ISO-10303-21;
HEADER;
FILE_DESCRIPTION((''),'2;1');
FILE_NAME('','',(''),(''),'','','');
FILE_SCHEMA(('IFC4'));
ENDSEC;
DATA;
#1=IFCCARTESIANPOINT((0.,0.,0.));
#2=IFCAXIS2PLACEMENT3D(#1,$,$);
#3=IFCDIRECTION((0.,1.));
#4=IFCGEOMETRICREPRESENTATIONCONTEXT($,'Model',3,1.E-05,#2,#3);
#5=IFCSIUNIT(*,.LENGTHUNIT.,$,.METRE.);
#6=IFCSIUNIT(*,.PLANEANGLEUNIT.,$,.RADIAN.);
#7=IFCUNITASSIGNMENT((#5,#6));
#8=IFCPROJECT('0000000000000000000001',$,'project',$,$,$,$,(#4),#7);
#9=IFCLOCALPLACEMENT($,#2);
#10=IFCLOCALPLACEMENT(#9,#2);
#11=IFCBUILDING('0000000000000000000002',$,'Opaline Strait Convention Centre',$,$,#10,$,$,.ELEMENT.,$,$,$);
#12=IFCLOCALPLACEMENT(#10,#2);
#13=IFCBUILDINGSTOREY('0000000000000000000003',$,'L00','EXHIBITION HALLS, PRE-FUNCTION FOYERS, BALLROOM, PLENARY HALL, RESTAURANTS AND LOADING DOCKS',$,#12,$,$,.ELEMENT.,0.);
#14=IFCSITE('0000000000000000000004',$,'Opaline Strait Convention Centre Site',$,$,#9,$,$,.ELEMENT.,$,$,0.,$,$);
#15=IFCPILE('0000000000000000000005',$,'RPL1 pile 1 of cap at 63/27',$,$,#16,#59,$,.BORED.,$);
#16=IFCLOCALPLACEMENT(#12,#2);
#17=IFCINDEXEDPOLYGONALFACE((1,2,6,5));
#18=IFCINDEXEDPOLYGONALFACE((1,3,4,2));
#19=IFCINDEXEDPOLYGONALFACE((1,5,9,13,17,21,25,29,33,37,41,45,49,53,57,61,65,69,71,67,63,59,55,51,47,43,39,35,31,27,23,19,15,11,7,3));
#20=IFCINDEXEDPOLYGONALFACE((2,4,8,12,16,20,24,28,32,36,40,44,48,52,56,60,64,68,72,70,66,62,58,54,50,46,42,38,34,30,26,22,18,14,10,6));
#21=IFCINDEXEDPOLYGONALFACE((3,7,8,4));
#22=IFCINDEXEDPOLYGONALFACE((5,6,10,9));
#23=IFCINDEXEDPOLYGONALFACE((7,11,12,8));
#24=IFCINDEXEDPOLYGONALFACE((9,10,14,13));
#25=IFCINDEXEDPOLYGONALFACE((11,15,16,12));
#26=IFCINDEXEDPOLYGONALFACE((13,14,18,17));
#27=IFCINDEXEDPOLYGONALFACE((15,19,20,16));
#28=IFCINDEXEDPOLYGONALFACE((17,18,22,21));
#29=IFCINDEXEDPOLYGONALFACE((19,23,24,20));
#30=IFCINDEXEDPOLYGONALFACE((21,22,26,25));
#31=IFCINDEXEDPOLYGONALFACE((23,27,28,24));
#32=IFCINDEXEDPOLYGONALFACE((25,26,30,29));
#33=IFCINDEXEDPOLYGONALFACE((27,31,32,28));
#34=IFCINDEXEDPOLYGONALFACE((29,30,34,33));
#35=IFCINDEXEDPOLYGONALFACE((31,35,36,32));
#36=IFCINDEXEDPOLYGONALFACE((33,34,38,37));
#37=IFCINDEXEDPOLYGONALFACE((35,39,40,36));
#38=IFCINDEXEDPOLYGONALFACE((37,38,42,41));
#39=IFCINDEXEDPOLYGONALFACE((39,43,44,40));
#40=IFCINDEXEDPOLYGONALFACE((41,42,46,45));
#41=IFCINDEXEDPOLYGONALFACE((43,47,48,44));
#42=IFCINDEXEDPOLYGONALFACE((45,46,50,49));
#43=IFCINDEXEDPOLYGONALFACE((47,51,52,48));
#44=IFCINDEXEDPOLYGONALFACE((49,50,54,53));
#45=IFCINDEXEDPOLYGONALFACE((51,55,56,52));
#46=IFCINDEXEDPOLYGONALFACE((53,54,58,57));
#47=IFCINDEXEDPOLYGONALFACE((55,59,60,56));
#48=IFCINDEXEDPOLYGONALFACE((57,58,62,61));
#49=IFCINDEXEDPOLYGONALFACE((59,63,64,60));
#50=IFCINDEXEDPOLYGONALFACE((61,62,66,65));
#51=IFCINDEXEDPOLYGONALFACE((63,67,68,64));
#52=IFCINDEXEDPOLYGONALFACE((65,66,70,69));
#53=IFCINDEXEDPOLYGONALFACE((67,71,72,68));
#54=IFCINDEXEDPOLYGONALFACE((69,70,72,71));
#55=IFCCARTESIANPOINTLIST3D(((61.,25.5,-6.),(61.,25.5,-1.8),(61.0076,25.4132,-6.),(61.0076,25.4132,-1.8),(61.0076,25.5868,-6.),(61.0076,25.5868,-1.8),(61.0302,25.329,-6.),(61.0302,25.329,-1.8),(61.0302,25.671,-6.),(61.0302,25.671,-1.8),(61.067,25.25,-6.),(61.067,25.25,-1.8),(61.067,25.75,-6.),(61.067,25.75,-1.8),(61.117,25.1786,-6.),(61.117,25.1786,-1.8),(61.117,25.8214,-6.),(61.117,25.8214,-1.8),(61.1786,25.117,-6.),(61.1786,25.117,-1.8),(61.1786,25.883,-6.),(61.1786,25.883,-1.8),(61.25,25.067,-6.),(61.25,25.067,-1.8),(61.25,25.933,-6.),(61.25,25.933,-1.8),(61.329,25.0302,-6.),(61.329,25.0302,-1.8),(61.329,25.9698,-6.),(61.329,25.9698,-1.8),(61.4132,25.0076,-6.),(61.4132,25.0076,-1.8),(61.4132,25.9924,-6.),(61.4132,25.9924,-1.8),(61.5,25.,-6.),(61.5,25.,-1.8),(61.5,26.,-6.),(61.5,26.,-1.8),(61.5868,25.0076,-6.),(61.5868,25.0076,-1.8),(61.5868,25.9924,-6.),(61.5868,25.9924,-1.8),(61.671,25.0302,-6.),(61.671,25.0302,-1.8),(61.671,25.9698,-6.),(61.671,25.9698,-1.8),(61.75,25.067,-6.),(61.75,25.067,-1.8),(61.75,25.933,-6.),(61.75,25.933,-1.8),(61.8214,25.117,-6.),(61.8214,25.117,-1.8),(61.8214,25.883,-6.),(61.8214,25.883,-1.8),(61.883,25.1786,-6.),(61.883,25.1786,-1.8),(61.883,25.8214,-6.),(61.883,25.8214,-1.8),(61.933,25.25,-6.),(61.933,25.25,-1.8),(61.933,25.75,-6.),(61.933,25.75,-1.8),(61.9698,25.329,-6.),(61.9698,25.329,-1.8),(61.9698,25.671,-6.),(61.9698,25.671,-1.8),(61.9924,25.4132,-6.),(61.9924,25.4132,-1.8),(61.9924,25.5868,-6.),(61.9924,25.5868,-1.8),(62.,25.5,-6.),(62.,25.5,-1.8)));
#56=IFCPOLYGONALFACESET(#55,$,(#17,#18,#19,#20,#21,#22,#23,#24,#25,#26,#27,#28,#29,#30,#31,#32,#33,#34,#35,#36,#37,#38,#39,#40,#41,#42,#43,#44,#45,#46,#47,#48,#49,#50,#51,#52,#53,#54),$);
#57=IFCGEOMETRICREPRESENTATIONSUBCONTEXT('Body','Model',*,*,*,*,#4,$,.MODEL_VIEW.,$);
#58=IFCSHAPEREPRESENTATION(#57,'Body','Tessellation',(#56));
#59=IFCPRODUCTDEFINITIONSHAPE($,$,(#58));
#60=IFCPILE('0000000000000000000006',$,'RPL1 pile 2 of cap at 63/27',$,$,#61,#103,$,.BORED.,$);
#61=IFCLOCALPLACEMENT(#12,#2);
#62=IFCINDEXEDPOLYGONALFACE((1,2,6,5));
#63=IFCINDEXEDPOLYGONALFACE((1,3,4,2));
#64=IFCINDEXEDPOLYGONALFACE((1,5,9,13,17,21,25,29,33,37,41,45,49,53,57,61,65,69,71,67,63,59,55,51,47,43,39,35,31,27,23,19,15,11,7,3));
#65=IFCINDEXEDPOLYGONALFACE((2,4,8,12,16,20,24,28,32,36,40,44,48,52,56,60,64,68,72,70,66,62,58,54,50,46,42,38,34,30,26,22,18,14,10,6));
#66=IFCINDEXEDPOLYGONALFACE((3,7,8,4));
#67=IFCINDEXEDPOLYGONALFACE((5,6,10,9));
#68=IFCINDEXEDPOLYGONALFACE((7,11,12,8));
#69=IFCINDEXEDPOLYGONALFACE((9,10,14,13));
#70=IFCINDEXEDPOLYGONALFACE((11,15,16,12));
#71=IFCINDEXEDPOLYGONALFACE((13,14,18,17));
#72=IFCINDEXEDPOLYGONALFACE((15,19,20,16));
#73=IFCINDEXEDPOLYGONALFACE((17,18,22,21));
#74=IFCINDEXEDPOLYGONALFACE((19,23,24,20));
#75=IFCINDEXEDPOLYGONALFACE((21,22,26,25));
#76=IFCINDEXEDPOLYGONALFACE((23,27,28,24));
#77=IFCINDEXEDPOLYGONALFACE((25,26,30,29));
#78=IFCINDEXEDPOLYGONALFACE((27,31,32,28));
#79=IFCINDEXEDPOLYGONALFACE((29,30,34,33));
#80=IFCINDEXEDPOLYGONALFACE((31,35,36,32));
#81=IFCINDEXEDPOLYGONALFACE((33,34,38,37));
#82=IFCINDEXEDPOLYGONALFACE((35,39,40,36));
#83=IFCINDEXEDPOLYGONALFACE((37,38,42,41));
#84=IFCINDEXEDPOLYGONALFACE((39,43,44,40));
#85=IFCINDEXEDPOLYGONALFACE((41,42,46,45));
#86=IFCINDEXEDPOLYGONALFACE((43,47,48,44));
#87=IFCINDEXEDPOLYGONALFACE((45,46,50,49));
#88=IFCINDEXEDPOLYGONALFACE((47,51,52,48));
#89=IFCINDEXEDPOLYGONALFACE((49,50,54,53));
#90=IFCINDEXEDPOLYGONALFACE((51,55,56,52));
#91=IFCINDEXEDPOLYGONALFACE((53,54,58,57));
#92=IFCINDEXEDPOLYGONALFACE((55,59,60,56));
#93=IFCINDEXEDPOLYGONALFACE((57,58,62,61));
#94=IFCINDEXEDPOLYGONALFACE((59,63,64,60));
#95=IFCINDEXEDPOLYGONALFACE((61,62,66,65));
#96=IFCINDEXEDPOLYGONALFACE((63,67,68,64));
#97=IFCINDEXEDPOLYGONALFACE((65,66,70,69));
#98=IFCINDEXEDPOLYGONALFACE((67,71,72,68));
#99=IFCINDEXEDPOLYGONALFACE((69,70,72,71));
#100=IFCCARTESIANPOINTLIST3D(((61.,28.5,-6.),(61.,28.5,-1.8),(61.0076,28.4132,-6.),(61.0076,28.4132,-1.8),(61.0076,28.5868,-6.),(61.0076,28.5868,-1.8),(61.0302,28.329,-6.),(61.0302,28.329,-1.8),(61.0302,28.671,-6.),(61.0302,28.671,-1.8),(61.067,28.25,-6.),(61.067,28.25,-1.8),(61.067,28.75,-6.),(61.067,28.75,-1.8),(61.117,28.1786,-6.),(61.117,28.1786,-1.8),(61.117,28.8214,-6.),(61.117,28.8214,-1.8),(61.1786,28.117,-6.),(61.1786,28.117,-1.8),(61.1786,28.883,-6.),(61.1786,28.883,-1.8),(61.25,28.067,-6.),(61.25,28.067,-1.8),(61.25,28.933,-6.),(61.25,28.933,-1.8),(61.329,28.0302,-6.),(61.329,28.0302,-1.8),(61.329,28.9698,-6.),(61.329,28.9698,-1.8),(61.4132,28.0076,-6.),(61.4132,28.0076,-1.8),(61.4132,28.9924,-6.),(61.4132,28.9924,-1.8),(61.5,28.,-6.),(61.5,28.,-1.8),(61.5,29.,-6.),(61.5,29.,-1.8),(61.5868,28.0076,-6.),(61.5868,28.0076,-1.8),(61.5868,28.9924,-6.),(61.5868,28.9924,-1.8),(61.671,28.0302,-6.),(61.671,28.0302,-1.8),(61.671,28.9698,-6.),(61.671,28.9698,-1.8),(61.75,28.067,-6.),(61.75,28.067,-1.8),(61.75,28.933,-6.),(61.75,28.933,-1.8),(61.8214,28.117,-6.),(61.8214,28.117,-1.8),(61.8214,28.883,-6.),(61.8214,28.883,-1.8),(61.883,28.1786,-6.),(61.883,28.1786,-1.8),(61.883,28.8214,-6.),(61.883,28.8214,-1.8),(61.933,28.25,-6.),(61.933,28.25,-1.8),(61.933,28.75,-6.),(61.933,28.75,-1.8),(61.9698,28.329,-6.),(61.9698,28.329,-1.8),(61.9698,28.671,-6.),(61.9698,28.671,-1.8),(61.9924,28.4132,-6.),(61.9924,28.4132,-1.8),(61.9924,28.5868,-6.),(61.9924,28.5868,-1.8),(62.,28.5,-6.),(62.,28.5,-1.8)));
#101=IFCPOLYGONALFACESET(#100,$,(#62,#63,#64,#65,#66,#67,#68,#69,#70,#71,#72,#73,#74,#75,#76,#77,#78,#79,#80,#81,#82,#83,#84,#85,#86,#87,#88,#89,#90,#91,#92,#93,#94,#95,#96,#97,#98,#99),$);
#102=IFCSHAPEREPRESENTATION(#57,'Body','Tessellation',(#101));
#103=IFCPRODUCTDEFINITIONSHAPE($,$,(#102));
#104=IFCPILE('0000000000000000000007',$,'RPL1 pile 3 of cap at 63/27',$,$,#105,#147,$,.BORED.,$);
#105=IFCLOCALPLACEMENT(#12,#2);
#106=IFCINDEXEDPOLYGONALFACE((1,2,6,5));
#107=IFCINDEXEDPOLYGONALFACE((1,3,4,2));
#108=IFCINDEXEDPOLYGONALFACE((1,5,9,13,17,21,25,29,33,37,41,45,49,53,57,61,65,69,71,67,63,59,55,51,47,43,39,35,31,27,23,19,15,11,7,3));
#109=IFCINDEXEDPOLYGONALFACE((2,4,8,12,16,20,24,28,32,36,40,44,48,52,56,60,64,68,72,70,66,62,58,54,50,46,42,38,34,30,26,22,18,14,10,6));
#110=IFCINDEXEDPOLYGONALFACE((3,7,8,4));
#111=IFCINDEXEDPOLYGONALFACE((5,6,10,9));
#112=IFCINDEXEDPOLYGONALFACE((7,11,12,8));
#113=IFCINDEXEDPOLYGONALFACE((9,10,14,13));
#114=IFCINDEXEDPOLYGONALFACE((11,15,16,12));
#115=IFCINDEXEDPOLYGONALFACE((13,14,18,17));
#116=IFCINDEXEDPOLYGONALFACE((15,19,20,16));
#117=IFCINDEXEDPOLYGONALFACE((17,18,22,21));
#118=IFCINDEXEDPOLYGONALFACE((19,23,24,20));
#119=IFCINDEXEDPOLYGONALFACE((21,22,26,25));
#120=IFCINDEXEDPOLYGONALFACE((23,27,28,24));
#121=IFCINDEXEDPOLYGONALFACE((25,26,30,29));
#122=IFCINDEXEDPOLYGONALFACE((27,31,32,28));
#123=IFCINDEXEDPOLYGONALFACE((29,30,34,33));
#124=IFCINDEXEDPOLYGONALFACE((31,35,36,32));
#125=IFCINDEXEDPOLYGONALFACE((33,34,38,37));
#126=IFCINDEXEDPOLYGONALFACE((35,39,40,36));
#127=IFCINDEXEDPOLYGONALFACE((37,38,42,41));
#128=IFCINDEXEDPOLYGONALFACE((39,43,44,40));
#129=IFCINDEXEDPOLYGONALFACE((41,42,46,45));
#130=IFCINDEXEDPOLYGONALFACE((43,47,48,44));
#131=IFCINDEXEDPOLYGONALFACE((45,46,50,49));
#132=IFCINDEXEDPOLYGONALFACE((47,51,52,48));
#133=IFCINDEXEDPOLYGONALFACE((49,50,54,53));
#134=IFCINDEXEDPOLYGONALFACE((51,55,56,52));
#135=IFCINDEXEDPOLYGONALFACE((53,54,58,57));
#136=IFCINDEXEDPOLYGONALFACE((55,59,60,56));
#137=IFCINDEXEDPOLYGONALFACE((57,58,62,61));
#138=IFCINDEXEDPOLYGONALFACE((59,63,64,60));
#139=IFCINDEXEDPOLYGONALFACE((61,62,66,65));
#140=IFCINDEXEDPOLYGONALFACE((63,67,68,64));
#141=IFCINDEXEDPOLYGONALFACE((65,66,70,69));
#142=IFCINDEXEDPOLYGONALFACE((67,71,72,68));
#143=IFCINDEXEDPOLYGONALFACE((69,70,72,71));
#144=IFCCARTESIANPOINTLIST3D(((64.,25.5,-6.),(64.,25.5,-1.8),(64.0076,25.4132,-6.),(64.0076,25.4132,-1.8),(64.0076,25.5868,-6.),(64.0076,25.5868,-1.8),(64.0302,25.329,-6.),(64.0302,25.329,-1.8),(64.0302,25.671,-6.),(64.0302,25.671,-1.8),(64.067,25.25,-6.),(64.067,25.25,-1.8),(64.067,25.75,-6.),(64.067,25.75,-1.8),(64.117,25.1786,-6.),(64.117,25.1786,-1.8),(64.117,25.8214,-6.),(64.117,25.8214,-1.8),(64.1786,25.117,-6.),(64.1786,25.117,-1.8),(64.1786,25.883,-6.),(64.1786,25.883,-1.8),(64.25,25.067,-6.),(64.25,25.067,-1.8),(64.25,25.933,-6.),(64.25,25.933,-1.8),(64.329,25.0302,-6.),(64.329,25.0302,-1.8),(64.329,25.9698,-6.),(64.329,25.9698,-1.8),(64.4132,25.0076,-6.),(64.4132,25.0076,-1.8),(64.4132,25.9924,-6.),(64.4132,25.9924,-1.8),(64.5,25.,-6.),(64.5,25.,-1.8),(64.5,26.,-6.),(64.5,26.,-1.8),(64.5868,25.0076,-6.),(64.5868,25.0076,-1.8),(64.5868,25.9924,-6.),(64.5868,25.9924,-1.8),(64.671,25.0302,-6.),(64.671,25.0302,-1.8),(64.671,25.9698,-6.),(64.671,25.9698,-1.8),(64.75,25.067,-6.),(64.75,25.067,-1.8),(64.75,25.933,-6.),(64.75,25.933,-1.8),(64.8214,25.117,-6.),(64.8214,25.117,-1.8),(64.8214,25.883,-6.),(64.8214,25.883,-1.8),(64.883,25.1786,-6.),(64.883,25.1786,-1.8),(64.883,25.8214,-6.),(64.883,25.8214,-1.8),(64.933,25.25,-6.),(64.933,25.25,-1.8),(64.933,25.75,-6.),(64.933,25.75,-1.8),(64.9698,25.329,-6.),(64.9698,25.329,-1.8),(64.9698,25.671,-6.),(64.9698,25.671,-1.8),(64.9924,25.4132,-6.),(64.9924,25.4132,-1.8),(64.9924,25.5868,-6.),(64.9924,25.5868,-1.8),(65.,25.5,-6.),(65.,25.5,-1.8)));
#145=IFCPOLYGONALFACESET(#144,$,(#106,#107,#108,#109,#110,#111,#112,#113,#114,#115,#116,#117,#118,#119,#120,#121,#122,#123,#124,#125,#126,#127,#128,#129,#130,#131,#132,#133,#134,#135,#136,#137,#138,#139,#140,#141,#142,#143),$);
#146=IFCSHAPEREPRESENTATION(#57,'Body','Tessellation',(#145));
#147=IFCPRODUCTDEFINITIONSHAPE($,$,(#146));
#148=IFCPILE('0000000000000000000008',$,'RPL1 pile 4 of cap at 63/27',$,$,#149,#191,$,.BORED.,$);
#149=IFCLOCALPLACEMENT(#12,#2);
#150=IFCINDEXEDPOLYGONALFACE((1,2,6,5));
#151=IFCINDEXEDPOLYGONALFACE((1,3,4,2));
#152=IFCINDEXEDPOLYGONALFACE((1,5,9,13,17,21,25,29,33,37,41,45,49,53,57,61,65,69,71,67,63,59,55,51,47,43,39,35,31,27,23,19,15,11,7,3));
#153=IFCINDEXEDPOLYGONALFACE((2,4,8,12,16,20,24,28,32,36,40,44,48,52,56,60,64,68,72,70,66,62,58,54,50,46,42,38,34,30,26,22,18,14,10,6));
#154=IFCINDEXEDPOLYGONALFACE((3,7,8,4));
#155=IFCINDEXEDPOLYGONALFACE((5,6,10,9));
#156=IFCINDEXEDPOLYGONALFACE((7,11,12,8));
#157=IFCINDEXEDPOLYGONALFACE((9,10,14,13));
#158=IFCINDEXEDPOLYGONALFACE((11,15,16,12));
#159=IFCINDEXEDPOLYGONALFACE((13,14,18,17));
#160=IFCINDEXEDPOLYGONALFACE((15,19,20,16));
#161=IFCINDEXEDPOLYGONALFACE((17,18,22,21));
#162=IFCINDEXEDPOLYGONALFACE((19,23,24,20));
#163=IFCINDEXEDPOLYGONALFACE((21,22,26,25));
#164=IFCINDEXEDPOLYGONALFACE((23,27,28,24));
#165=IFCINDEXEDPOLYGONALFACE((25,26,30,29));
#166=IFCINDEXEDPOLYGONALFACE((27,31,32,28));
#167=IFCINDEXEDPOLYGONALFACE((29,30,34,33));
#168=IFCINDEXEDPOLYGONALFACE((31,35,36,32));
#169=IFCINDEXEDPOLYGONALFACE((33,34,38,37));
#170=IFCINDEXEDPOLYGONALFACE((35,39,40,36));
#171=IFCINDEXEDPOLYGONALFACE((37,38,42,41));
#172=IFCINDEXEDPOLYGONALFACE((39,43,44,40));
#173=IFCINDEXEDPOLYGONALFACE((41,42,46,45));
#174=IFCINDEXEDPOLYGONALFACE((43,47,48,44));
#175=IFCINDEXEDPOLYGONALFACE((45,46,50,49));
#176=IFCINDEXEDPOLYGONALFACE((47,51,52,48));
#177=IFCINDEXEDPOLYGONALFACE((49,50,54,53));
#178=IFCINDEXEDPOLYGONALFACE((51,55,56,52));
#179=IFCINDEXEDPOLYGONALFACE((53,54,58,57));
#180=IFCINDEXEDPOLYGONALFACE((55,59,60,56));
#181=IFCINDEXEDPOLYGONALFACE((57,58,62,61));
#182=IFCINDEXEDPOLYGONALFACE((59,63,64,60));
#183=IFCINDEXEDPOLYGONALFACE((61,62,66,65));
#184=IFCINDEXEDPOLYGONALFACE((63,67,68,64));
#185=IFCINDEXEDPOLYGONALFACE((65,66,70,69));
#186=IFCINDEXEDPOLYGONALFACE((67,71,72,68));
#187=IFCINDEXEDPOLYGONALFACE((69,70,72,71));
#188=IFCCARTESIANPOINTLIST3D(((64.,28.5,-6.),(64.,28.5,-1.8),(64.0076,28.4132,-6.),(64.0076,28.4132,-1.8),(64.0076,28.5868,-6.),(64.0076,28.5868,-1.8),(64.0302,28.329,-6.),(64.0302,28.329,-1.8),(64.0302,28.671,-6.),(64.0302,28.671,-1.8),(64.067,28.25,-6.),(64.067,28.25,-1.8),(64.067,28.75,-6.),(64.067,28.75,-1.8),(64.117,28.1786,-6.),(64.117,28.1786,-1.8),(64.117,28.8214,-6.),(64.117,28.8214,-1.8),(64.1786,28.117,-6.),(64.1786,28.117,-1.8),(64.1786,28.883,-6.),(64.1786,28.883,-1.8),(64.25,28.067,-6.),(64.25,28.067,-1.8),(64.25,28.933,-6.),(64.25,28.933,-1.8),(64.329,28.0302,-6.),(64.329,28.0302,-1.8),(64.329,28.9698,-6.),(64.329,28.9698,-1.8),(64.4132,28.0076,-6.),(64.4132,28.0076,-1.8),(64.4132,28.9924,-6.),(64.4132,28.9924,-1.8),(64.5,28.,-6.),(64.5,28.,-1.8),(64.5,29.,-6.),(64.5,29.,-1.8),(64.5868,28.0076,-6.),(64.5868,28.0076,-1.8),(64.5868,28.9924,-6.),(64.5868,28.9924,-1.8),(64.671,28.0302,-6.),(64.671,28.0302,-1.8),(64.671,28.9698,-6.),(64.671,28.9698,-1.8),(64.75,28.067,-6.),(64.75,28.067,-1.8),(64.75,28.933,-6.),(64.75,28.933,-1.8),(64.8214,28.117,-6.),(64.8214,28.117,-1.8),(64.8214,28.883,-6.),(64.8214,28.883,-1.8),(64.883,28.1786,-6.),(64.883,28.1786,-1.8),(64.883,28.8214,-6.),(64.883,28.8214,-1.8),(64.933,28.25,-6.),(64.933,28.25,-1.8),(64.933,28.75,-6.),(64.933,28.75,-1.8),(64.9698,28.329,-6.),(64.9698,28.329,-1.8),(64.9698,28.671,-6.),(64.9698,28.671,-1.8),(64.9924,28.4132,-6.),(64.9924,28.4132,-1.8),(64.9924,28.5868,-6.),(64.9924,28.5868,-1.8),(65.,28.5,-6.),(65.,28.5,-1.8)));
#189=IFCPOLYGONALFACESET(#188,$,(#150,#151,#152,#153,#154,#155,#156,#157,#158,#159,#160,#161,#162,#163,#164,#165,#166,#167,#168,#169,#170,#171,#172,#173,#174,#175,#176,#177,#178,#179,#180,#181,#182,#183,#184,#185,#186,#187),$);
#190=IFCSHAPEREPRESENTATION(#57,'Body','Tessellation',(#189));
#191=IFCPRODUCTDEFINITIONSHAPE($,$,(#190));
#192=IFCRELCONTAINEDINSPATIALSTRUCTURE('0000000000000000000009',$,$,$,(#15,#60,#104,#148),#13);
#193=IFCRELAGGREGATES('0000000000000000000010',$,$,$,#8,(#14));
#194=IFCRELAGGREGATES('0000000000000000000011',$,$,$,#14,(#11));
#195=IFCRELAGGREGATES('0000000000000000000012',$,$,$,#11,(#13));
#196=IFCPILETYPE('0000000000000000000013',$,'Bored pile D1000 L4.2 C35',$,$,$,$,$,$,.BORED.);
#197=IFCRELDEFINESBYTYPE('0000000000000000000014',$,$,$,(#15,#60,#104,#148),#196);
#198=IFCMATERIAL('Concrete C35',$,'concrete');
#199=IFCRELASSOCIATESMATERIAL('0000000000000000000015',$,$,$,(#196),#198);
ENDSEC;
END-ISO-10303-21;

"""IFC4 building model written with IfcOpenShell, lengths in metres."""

from ifc_helpers import new_model, si_unit, direction, frame, origin, origin_2d, place, context, subcontext, project, spatial, circle, extrude, material, material_profile, profile_set, type_object, element, save


model = new_model("IFC4")

# Units and contexts
model_context = context("Model", 3, precision=1e-05, world=origin(), true_north=direction((0.0, 1.0)))
body_context = subcontext(model_context, "Body", "Model", "MODEL_VIEW")
ifc_project = project(units=[si_unit("LENGTHUNIT", "METRE"), si_unit("PLANEANGLEUNIT", "RADIAN")], contexts=[model_context])

# Site, building, storey
site_placement = place(None, origin())
site = spatial("IfcSite", under=ifc_project, at=site_placement, Name="Opaline Strait Convention Centre Site", CompositionType="ELEMENT", RefElevation=0.0)
building_placement = place(site_placement, origin())
building = spatial("IfcBuilding", under=site, at=building_placement, Name="Opaline Strait Convention Centre", CompositionType="ELEMENT")
storey_placement = place(building_placement, origin())
storey = spatial("IfcBuildingStorey", under=building, at=storey_placement, Name="L00", Description="EXHIBITION HALLS, PRE-FUNCTION FOYERS, BALLROOM, PLENARY HALL, RESTAURANTS AND LOADING DOCKS", CompositionType="ELEMENT", Elevation=0.0)

# Piles
ifc_material_1 = material(Name="Concrete C35", Category="concrete")
ifc_material_profile_1 = material_profile(ifc_material_1, circle(Radius=0.5, at=origin_2d()), Name="D1000")
ifc_profile_set_1 = profile_set([ifc_material_profile_1], Name="Concrete C35")
pile_type = type_object("IfcPileType", Name="Bored pile D1000 L4.2 C35", PredefinedType="BORED", material=ifc_profile_set_1)
for number, where, z_axis, x_axis, name in (
    (1, (61.5, 25.5, -1.8), (0.0, 0.0, -1.0), (1.0, 0.0, 0.0), "RPL1 pile 1 of cap at 63/27"),
    (2, (61.5, 28.5, -1.8), (0.0, 0.0, -1.0), (1.0, 0.0, 0.0), "RPL1 pile 2 of cap at 63/27"),
    (3, (64.5, 25.5, -1.8), (0.0, 0.0, -1.0), (1.0, 0.0, 0.0), "RPL1 pile 3 of cap at 63/27"),
    (4, (64.5, 28.5, -1.8), (0.0, 0.0, -1.0), (1.0, 0.0, 0.0), "RPL1 pile 4 of cap at 63/27"),
):
    element("IfcPile", number, at=place(storey_placement, frame(where, z_axis=z_axis, x_axis=x_axis)), inside=storey, type_object=pile_type, Name=name, PredefinedType="BORED", context=body_context, shape_type="SweptSolid", body=[
        extrude(circle(Radius=0.5, at=origin_2d()), origin(), (0.0, 0.0, 1.0), 4.2),
    ])

save(model, "model.ifc")
